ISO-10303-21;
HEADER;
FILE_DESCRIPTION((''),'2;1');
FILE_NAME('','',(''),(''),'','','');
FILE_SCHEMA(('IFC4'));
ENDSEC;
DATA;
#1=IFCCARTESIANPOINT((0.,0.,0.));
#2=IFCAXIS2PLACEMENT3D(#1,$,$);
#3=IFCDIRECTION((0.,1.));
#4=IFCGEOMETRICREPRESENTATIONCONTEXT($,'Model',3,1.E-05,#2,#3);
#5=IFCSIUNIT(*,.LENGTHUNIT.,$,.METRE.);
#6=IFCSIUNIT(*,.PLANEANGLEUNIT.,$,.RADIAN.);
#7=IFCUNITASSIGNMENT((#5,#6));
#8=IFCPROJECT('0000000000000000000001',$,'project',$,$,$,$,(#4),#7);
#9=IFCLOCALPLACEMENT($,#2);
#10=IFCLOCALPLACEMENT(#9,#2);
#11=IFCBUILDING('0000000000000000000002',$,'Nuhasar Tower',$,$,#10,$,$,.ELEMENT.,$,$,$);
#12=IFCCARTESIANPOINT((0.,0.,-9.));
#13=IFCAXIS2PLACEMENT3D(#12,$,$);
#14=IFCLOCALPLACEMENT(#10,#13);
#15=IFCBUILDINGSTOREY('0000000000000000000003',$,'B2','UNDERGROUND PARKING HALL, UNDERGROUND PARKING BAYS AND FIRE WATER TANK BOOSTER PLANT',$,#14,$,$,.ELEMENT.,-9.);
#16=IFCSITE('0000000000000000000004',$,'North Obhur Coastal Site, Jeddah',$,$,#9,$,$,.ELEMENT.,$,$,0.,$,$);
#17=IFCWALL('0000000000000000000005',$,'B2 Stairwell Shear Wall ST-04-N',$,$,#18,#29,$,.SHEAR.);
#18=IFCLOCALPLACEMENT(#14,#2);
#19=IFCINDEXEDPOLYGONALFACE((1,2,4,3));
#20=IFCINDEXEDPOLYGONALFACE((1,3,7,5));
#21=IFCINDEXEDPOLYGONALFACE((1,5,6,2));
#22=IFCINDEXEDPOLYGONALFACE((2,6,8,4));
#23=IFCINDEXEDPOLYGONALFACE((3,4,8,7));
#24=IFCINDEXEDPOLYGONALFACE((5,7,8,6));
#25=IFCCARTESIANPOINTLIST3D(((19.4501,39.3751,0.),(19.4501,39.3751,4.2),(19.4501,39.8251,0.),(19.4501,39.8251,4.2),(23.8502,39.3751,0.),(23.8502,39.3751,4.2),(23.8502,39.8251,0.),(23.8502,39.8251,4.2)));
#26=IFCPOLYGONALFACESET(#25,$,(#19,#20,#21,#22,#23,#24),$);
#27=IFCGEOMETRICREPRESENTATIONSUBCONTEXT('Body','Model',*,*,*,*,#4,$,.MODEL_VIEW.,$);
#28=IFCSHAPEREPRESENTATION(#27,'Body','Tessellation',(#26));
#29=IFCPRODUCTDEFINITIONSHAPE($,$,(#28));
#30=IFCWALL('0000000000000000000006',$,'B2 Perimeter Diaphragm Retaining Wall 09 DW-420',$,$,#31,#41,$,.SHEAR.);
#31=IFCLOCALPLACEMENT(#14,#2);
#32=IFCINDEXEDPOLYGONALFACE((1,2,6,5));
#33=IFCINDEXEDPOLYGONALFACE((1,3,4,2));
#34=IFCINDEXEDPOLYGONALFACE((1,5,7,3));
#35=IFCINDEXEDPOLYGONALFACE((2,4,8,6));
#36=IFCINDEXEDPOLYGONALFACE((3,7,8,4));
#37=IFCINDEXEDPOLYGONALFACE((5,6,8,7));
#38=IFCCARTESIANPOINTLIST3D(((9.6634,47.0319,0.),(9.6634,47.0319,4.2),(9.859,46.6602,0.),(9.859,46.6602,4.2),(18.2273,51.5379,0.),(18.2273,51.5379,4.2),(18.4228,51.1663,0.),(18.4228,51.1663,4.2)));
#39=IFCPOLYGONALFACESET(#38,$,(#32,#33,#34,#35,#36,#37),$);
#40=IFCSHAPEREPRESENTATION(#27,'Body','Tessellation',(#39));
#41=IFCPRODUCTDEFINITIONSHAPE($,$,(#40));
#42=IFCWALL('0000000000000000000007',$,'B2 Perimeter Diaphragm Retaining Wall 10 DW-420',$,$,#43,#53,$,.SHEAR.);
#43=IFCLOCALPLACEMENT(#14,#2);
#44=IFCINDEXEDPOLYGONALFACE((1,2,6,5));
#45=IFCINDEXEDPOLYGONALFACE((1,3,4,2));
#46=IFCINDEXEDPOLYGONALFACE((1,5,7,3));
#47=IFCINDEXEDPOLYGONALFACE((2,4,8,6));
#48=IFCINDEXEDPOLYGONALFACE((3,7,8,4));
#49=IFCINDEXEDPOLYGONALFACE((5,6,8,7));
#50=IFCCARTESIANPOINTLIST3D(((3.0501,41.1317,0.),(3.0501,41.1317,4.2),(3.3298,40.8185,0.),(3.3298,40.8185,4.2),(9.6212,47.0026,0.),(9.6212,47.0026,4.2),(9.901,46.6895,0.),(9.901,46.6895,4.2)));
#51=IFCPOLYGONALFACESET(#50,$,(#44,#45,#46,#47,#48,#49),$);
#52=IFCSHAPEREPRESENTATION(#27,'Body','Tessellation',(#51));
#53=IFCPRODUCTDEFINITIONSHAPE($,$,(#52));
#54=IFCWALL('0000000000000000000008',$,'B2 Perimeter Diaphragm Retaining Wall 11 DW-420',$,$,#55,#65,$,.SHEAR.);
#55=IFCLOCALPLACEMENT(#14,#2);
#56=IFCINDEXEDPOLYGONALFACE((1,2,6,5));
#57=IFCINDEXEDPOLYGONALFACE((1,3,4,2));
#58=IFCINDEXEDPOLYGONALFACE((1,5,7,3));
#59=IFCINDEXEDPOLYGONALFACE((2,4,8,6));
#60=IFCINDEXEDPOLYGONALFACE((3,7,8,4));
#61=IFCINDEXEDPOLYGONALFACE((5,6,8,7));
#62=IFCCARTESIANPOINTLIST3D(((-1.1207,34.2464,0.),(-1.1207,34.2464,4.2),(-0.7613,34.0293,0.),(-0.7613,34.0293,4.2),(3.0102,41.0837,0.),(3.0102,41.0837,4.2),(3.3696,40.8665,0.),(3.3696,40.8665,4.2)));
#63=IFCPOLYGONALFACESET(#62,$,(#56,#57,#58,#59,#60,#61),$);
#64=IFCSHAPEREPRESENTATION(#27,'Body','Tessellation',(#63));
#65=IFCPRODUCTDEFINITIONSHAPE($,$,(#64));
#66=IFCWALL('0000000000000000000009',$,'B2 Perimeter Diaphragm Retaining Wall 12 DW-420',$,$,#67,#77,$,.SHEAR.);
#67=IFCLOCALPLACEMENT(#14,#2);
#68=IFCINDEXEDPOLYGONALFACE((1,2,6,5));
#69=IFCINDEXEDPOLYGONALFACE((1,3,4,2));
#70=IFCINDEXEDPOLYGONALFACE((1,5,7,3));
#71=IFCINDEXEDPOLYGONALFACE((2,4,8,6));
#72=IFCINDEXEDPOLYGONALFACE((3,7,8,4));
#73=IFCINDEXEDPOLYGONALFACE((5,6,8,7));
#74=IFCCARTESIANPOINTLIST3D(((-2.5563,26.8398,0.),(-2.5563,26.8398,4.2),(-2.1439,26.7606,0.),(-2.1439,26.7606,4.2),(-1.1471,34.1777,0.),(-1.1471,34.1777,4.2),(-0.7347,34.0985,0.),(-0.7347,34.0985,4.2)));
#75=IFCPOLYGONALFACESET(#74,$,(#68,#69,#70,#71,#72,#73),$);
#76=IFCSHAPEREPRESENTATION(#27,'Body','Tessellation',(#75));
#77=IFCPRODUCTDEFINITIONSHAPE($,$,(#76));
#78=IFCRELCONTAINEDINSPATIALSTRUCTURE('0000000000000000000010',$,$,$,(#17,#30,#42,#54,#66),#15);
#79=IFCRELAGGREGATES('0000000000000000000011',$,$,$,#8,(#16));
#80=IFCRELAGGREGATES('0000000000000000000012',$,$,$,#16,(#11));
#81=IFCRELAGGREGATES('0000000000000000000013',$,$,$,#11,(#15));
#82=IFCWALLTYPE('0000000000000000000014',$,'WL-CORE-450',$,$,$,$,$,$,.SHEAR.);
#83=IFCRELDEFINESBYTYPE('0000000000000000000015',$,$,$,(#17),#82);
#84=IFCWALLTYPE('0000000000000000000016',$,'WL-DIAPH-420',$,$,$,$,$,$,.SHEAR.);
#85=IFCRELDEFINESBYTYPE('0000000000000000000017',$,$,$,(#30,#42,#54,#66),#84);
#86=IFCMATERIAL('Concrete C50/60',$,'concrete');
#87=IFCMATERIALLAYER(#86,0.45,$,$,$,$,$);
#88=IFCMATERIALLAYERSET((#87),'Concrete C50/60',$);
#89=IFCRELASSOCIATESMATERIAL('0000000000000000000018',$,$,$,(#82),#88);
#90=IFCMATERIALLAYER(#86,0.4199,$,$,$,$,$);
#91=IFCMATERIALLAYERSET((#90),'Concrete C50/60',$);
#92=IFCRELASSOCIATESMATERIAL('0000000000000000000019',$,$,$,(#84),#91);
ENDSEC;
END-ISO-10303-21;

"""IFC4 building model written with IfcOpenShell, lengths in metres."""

from ifc_helpers import new_model, si_unit, direction, frame, frame_2d, origin, place, context, subcontext, project, spatial, rectangle, extrude, material, layer, layer_set, type_object, element, save


model = new_model("IFC4")

# Units and contexts
model_context = context("Model", 3, precision=1e-05, world=origin(), true_north=direction((0.0, 1.0)))
body_context = subcontext(model_context, "Body", "Model", "MODEL_VIEW")
ifc_project = project(units=[si_unit("LENGTHUNIT", "METRE"), si_unit("PLANEANGLEUNIT", "RADIAN")], contexts=[model_context])

# Site, building, storey
site_placement = place(None, origin())
site = spatial("IfcSite", under=ifc_project, at=site_placement, Name="North Obhur Coastal Site, Jeddah", CompositionType="ELEMENT", RefElevation=0.0)
building_placement = place(site_placement, origin())
building = spatial("IfcBuilding", under=site, at=building_placement, Name="Nuhasar Tower", CompositionType="ELEMENT")
storey_placement = place(building_placement, frame((0.0, 0.0, -9.0)))
storey = spatial("IfcBuildingStorey", under=building, at=storey_placement, Name="B2", Description="UNDERGROUND PARKING HALL, UNDERGROUND PARKING BAYS AND FIRE WATER TANK BOOSTER PLANT", CompositionType="ELEMENT", Elevation=-9.0)

# Shared definitions
ifc_material_1 = material(Name="Concrete C50/60", Category="concrete")

# Walls
ifc_layer_1 = layer(ifc_material_1, 0.45)
ifc_layer_set_1 = layer_set([ifc_layer_1], Name="Concrete C50/60")
wall_type_1 = type_object("IfcWallType", Name="WL-CORE-450", PredefinedType="SHEAR", material=ifc_layer_set_1)
wall_1_placement = place(storey_placement, frame((19.45, 39.6001, 0.0), z_axis=(0.0, 0.0, 1.0), x_axis=(1.0, 0.0, 0.0)))
element("IfcWall", 1, at=wall_1_placement, inside=storey, type_object=wall_type_1, Name="B2 Stairwell Shear Wall ST-04-N", PredefinedType="SHEAR", context=body_context, shape_type="SweptSolid", body=[
    extrude(rectangle(XDim=4.4001, YDim=0.45, at=frame_2d((2.2002, 0.0))), origin(), (0.0, 0.0, 1.0), 4.2),
])
ifc_layer_2 = layer(ifc_material_1, 0.4199)
ifc_layer_set_2 = layer_set([ifc_layer_2], Name="Concrete C50/60")
wall_type_2 = type_object("IfcWallType", Name="WL-DIAPH-420", PredefinedType="SHEAR", material=ifc_layer_set_2)
wall_2_placement = place(storey_placement, frame((18.325, 51.3521, 0.0), z_axis=(0.0, 0.0, 1.0), x_axis=(-0.884971, -0.465646, 0.0)))
element("IfcWall", 2, at=wall_2_placement, inside=storey, type_object=wall_type_2, Name="B2 Perimeter Diaphragm Retaining Wall 09 DW-420", PredefinedType="SHEAR", context=body_context, shape_type="SweptSolid", body=[
    extrude(rectangle(XDim=9.677, YDim=0.4199, at=frame_2d((4.8384, 0.0))), origin(), (0.0, 0.0, 1.0), 4.2),
])
wall_3_placement = place(storey_placement, frame((9.761, 46.8459, 0.0), z_axis=(0.0, 0.0, 1.0), x_axis=(-0.745721, -0.666259, 0.0)))
element("IfcWall", 3, at=wall_3_placement, inside=storey, type_object=wall_type_2, Name="B2 Perimeter Diaphragm Retaining Wall 10 DW-420", PredefinedType="SHEAR", context=body_context, shape_type="SweptSolid", body=[
    extrude(rectangle(XDim=8.8118, YDim=0.4199, at=frame_2d((4.4058, 0.0))), origin(), (0.0, 0.0, 1.0), 4.2),
])
wall_4_placement = place(storey_placement, frame((3.1899, 40.9751, 0.0), z_axis=(0.0, 0.0, 1.0), x_axis=(-0.517123, -0.855911, 0.0)))
element("IfcWall", 4, at=wall_4_placement, inside=storey, type_object=wall_type_2, Name="B2 Perimeter Diaphragm Retaining Wall 11 DW-420", PredefinedType="SHEAR", context=body_context, shape_type="SweptSolid", body=[
    extrude(rectangle(XDim=7.9883, YDim=0.4199, at=frame_2d((3.9941, 0.0))), origin(), (0.0, 0.0, 1.0), 4.2),
])
wall_5_placement = place(storey_placement, frame((-0.9409, 34.1379, 0.0), z_axis=(0.0, 0.0, 1.0), x_axis=(-0.188595, -0.982055, 0.0)))
element("IfcWall", 5, at=wall_5_placement, inside=storey, type_object=wall_type_2, Name="B2 Perimeter Diaphragm Retaining Wall 12 DW-420", PredefinedType="SHEAR", context=body_context, shape_type="SweptSolid", body=[
    extrude(rectangle(XDim=7.4719, YDim=0.4199, at=frame_2d((3.7358, 0.0))), origin(), (0.0, 0.0, 1.0), 4.2),
])

save(model, "model.ifc")
